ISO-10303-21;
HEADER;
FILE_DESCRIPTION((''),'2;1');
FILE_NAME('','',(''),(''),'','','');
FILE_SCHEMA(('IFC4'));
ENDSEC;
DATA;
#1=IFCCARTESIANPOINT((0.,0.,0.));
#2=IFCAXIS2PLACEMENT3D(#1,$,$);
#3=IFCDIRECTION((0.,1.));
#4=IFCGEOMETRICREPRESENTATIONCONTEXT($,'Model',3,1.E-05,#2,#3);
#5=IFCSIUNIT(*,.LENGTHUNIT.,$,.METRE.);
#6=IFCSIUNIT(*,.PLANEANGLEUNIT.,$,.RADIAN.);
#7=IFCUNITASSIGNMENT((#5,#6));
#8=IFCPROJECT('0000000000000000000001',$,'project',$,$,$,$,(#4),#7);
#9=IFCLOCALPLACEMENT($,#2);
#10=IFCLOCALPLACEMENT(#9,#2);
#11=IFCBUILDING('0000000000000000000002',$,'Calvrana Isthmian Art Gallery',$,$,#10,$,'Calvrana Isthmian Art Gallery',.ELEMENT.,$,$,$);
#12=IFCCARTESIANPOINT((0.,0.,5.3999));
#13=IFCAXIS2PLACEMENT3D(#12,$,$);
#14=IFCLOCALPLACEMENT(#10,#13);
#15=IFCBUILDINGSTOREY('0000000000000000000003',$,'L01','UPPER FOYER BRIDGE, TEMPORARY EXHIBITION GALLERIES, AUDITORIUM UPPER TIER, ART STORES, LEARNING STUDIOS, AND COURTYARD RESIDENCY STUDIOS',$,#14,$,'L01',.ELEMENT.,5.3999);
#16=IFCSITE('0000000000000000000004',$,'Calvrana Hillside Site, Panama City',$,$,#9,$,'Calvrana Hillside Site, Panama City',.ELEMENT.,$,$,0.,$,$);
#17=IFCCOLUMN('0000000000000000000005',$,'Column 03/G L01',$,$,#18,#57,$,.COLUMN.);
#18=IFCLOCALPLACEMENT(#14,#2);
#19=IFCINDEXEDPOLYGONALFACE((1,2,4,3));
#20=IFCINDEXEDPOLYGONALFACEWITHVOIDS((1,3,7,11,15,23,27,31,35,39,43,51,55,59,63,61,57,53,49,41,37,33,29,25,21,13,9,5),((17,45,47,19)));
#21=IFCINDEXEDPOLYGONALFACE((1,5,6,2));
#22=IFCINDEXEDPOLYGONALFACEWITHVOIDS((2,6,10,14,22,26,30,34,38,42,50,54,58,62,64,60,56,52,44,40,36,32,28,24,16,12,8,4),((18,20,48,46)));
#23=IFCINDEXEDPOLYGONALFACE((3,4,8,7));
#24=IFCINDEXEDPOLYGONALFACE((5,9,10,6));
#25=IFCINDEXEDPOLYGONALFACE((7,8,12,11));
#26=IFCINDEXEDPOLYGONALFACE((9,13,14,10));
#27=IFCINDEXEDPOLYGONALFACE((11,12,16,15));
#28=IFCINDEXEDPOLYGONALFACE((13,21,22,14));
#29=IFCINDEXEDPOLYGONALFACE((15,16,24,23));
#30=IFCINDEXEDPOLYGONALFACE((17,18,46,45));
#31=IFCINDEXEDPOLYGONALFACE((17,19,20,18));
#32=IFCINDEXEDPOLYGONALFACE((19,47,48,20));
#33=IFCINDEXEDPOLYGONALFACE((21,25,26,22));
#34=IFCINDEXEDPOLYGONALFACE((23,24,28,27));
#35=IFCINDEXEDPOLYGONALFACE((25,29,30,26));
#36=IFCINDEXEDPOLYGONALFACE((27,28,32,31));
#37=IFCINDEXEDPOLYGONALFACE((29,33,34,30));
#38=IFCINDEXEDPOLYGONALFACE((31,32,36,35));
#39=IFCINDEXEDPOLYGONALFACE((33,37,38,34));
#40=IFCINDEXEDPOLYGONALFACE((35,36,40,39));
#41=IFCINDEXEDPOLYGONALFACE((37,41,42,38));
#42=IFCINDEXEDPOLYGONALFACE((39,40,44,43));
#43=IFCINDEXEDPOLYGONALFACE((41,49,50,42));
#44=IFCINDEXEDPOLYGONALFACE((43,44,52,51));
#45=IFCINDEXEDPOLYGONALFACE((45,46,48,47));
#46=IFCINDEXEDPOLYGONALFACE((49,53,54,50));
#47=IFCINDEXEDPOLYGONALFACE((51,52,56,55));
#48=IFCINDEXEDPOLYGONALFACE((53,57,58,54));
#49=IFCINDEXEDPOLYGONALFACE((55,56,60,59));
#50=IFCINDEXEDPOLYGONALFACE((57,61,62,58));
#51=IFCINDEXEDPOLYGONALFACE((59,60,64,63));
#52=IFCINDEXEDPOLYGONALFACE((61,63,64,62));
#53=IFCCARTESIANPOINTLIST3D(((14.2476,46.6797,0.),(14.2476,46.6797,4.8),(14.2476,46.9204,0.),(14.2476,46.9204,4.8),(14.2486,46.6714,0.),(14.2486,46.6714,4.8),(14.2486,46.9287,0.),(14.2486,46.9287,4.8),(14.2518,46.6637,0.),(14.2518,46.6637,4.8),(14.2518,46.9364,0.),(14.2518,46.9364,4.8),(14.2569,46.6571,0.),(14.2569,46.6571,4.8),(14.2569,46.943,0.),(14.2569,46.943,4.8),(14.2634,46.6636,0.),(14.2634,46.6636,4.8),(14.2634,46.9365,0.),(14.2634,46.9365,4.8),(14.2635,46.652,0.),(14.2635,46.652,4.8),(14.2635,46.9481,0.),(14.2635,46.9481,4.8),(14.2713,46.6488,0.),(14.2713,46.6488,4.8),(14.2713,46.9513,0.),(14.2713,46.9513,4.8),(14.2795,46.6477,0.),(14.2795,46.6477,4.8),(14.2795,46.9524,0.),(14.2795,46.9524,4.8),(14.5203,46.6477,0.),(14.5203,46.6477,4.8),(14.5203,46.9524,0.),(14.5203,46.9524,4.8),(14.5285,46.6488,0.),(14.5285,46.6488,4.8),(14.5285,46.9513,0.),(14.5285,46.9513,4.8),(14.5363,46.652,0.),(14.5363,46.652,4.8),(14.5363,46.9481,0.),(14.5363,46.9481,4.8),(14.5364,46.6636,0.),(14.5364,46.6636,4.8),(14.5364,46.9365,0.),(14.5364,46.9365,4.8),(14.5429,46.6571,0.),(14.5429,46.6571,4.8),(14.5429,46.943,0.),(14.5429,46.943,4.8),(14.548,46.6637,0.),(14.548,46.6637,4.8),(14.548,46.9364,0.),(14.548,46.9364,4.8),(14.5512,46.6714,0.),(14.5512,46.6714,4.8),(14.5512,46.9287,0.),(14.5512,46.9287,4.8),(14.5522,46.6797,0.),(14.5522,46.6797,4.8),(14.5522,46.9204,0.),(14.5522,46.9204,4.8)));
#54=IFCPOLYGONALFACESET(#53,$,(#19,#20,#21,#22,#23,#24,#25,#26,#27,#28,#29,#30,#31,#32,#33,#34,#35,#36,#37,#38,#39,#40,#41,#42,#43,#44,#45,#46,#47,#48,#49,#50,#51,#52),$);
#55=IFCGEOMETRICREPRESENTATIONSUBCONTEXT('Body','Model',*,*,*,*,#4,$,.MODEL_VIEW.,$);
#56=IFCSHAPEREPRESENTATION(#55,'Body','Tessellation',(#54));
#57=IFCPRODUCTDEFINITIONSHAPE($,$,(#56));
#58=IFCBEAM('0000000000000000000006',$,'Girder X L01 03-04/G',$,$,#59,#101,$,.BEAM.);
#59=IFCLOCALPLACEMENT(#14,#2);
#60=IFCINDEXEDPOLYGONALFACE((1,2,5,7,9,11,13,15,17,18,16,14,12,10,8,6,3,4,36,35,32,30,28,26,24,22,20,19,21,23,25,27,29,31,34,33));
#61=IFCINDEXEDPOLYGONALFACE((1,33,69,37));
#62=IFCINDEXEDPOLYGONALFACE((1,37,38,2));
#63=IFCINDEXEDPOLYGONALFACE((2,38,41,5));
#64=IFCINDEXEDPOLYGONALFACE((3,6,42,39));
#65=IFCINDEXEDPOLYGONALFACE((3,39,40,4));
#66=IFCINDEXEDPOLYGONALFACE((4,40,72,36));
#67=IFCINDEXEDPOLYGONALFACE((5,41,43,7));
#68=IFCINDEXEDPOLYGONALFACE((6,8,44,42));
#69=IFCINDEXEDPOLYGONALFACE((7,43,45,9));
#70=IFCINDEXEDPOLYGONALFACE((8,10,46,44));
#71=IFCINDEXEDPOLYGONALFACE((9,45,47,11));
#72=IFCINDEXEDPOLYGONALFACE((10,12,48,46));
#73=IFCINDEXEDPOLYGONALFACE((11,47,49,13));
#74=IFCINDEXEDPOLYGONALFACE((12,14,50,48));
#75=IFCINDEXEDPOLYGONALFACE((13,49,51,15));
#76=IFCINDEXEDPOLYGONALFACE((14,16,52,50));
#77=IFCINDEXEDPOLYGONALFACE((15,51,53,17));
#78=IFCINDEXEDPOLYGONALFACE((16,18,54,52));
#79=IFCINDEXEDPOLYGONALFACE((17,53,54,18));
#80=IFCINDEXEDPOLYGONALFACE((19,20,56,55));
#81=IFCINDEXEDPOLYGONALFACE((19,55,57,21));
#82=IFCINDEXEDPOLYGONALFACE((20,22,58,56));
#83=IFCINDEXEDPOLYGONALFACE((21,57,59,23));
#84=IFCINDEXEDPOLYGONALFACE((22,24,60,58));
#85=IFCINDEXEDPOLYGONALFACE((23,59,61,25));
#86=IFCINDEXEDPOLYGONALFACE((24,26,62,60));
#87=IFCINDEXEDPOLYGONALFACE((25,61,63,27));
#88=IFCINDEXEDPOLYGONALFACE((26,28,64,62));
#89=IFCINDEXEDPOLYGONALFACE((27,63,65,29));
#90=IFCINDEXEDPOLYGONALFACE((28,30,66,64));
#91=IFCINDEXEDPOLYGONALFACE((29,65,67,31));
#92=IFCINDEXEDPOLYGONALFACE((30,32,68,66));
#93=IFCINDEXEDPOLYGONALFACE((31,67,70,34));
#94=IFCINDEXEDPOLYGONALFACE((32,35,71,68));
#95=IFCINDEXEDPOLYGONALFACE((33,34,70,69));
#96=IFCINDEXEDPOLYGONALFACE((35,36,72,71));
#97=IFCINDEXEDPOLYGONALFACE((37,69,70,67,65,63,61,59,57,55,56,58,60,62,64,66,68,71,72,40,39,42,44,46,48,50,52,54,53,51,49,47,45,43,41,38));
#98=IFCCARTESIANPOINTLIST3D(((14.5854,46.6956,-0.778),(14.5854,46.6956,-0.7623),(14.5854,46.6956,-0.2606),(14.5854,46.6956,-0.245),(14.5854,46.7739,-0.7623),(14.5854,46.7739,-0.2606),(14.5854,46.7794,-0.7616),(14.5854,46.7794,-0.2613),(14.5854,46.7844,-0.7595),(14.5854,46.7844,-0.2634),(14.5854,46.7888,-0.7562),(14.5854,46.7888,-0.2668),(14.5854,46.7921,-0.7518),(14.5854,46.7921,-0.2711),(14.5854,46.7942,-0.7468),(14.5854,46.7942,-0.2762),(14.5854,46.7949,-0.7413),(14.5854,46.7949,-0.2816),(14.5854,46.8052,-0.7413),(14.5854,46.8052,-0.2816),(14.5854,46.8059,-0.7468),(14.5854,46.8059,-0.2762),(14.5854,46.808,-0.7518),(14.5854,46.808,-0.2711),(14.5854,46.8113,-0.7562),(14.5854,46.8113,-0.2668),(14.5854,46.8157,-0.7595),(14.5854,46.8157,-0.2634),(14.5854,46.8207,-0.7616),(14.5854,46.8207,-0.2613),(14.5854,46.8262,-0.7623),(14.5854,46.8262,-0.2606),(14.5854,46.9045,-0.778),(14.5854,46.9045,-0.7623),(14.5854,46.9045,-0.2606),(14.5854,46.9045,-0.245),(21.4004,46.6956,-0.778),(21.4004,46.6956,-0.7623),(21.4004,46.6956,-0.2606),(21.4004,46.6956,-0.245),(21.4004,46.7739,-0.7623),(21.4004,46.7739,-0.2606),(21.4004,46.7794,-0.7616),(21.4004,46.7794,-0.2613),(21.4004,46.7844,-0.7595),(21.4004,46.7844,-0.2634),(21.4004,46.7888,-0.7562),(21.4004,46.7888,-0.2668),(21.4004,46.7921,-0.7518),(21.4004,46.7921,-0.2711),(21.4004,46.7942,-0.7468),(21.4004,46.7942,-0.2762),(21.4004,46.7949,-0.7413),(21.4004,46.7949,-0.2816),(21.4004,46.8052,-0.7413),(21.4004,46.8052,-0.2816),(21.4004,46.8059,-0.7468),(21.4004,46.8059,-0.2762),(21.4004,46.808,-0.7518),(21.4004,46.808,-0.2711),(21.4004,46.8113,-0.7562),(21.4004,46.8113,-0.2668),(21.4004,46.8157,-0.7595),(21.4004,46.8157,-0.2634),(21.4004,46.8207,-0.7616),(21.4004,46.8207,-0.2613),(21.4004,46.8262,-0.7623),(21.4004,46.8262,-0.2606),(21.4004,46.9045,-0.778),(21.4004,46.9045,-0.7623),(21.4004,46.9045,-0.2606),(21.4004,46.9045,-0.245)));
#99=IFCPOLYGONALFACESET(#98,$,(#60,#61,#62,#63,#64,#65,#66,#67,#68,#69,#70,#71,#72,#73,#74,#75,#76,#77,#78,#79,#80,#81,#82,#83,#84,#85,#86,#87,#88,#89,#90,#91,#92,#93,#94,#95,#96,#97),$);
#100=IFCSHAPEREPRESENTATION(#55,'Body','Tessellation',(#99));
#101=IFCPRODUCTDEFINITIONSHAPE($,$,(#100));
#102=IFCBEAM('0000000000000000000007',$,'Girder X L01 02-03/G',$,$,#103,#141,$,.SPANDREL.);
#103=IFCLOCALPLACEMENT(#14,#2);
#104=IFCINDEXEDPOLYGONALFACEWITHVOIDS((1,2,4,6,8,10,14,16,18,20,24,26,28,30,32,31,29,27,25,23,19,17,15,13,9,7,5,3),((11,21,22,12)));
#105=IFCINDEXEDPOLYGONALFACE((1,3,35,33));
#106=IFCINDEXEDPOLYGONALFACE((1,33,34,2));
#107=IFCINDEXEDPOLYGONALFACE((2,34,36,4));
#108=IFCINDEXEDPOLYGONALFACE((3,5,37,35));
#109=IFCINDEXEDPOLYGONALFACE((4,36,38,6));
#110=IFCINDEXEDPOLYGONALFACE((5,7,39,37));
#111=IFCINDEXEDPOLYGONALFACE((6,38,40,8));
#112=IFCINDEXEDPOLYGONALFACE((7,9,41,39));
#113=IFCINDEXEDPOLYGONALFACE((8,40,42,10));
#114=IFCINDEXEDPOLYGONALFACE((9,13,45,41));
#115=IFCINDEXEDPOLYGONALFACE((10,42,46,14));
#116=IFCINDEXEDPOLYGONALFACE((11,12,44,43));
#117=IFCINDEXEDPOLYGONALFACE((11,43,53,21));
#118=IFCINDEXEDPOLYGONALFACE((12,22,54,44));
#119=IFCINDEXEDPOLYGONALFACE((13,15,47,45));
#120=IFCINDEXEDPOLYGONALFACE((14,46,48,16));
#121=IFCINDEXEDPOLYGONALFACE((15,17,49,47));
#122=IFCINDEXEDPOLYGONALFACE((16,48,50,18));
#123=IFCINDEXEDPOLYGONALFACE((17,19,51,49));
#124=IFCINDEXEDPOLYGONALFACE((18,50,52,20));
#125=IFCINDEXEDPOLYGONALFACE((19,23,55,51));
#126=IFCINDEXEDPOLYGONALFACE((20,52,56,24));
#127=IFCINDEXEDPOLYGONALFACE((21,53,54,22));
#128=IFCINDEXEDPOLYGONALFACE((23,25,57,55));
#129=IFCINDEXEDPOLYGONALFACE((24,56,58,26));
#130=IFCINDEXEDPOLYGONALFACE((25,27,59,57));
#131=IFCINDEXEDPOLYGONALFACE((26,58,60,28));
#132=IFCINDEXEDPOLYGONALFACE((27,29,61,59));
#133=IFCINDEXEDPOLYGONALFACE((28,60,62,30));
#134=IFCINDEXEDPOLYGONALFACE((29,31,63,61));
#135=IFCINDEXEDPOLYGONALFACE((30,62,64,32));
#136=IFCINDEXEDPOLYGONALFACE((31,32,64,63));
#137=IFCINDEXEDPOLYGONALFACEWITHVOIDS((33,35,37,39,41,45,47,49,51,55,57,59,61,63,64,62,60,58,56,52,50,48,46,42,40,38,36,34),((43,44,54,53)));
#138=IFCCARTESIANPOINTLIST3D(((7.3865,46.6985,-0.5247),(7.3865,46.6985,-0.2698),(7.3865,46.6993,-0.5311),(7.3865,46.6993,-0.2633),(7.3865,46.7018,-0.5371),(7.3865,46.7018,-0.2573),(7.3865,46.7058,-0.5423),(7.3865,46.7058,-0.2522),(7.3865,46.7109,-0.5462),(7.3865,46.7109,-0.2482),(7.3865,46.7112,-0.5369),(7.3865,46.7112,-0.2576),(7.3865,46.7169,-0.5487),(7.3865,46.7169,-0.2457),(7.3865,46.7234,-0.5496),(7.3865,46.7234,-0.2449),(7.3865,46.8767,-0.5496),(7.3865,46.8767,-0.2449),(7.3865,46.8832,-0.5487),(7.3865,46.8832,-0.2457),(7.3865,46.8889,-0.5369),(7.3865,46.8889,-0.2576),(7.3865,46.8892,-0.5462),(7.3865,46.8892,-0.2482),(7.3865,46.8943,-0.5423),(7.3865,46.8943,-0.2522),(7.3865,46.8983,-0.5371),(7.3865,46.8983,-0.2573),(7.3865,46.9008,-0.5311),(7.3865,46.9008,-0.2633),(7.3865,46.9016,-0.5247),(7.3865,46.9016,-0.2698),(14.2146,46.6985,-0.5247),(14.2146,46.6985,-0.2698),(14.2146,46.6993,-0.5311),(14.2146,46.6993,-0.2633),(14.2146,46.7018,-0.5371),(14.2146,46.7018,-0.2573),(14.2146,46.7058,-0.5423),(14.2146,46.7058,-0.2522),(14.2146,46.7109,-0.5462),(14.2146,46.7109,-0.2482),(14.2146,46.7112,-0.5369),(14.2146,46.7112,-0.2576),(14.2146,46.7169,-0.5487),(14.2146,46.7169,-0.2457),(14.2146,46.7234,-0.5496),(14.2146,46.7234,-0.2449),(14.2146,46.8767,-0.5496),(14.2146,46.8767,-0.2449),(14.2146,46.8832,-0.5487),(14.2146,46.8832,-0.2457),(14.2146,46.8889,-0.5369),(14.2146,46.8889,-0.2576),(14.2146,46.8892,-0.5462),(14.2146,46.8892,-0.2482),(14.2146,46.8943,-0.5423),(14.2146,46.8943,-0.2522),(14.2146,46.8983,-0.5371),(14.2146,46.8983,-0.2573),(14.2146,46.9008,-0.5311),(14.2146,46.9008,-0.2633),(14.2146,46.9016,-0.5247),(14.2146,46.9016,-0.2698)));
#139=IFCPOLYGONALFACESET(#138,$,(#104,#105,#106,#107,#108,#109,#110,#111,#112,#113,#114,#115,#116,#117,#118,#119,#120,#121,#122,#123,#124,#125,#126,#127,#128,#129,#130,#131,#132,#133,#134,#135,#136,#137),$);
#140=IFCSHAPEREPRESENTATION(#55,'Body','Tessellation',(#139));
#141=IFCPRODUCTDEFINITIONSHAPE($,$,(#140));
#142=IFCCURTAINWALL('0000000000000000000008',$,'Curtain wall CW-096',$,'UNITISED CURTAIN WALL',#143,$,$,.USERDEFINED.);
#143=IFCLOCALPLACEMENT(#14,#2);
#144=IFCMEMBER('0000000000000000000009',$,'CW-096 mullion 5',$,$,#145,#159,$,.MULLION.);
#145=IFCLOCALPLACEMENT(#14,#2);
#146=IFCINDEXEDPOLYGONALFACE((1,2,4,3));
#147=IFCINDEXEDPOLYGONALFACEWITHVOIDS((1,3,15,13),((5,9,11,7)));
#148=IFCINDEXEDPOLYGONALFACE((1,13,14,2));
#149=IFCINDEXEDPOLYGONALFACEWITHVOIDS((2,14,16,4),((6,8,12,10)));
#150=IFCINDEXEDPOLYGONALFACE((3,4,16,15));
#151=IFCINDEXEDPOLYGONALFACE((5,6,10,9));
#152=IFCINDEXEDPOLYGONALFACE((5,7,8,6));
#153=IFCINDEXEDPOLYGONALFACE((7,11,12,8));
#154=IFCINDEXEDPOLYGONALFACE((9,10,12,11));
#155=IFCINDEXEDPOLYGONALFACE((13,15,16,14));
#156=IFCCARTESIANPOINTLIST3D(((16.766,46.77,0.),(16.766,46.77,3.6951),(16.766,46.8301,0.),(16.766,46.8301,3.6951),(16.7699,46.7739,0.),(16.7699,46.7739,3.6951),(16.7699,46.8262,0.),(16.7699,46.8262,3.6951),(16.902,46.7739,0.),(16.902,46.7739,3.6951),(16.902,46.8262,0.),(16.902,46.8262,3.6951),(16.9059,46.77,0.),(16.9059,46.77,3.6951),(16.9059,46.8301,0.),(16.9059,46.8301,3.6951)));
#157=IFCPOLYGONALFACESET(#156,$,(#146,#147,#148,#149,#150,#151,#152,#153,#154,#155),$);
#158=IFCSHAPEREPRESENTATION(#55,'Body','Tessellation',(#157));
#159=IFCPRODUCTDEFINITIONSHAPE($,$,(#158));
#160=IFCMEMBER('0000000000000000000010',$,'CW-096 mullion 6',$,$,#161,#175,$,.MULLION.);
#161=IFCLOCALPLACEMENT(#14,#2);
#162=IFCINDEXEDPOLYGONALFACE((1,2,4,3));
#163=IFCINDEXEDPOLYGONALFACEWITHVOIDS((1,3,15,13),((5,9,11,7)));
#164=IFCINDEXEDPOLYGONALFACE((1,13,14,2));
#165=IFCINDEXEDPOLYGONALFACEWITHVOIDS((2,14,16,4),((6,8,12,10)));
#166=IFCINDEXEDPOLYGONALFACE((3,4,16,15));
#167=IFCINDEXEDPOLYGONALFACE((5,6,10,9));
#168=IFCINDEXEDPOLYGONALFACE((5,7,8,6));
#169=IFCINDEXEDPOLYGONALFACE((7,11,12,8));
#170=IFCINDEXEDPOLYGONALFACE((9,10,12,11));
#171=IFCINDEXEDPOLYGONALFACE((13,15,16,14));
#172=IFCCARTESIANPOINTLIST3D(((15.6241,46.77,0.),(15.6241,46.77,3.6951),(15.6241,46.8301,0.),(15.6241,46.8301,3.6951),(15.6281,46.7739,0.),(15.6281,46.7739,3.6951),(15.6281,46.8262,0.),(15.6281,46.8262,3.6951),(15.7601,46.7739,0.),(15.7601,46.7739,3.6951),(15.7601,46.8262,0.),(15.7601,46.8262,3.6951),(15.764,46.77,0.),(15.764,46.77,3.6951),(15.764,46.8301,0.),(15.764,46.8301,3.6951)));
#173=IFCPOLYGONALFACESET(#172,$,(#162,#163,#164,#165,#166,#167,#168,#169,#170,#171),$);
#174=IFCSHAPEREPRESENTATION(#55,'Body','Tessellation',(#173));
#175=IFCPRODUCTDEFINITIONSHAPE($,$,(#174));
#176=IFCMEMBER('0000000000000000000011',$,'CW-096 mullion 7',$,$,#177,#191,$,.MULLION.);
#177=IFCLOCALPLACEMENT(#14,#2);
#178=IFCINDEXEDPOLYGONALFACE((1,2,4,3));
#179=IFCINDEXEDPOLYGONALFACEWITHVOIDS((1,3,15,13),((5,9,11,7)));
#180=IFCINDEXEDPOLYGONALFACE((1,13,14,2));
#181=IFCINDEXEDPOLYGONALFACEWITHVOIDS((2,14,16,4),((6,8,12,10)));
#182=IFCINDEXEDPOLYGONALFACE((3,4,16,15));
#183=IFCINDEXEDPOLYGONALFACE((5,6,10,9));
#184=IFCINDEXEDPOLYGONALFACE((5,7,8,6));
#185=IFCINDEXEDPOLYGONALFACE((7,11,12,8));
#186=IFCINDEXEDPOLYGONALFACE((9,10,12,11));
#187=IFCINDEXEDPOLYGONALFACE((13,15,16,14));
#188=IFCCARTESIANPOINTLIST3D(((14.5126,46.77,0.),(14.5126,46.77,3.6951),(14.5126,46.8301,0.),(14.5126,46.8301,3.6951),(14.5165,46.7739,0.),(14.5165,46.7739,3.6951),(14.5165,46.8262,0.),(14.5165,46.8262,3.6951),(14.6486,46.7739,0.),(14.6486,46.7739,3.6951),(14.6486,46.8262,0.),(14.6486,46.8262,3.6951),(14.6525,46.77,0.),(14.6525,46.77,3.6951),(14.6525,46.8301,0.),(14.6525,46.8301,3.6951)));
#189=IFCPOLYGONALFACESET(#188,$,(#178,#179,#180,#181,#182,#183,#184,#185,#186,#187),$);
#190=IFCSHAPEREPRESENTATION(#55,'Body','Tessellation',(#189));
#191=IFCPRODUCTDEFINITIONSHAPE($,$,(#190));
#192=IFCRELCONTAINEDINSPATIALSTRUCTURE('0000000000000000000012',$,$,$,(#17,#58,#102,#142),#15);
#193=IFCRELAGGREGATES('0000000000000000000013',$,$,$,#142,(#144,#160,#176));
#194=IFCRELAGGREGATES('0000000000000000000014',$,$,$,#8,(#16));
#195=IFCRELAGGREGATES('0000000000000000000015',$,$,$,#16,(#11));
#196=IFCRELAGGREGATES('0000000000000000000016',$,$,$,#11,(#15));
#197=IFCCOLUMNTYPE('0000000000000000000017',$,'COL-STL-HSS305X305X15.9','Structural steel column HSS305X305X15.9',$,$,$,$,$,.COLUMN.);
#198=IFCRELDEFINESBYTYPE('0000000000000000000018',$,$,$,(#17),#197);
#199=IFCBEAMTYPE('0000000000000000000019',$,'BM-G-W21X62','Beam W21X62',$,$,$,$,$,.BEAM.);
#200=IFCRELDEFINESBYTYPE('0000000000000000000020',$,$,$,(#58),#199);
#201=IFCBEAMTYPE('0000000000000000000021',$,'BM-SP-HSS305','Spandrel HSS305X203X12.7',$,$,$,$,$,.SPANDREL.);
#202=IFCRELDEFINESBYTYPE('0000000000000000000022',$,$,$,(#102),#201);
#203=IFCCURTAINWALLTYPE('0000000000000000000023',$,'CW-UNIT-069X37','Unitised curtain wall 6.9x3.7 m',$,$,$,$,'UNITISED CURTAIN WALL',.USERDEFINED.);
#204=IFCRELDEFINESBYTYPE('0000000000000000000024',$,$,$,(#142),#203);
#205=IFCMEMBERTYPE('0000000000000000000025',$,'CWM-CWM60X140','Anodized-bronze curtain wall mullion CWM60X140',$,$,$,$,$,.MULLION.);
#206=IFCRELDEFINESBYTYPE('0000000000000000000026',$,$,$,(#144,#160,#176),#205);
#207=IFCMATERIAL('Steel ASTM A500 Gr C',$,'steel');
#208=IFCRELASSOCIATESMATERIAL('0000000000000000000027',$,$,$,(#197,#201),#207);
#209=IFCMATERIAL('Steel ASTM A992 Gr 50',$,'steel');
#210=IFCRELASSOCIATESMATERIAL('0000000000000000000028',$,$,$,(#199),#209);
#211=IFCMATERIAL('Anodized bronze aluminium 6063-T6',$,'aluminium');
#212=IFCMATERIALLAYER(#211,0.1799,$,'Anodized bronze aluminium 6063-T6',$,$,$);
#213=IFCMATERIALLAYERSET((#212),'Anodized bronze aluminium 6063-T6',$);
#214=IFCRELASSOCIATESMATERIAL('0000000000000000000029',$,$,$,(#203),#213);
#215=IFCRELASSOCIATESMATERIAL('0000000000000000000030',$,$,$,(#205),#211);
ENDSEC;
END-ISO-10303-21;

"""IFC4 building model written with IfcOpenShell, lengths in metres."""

from ifc_helpers import new_model, si_unit, direction, frame, origin, origin_2d, place, context, subcontext, project, spatial, hollow_rectangle, i_section, extrude, material, layer, layer_set, material_profile, profile_set, type_object, element, aggregate, save


model = new_model("IFC4")

# Units and contexts
model_context = context("Model", 3, precision=1e-05, world=origin(), true_north=direction((0.0, 1.0)))
body_context = subcontext(model_context, "Body", "Model", "MODEL_VIEW")
ifc_project = project(units=[si_unit("LENGTHUNIT", "METRE"), si_unit("PLANEANGLEUNIT", "RADIAN")], contexts=[model_context])

# Site, building, storey
site_placement = place(None, origin())
site = spatial("IfcSite", under=ifc_project, at=site_placement, Name="Calvrana Hillside Site, Panama City", LongName="Calvrana Hillside Site, Panama City", CompositionType="ELEMENT", RefElevation=0.0)
building_placement = place(site_placement, origin())
building = spatial("IfcBuilding", under=site, at=building_placement, Name="Calvrana Isthmian Art Gallery", LongName="Calvrana Isthmian Art Gallery", CompositionType="ELEMENT")
storey_placement = place(building_placement, frame((0.0, 0.0, 5.3999)))
storey = spatial("IfcBuildingStorey", under=building, at=storey_placement, Name="L01", Description="UPPER FOYER BRIDGE, TEMPORARY EXHIBITION GALLERIES, AUDITORIUM UPPER TIER, ART STORES, LEARNING STUDIOS, AND COURTYARD RESIDENCY STUDIOS", LongName="L01", CompositionType="ELEMENT", Elevation=5.3999)

# Column
ifc_material_1 = material(Name="Steel ASTM A500 Gr C", Category="steel")
ifc_material_profile_1 = material_profile(ifc_material_1, hollow_rectangle(XDim=0.3047, YDim=0.3047, WallThickness=0.0159, OuterFilletRadius=0.032, at=origin_2d()), Name="HSS305X305X15.9")
ifc_profile_set_1 = profile_set([ifc_material_profile_1], Name="Steel ASTM A500 Gr C")
column_type = type_object("IfcColumnType", Name="COL-STL-HSS305X305X15.9", Description="Structural steel column HSS305X305X15.9", PredefinedType="COLUMN", material=ifc_profile_set_1)
column_placement = place(storey_placement, frame((14.3999, 46.8, 0.0), z_axis=(0.0, 0.0, 1.0), x_axis=(1.0, 0.0, 0.0)))
element("IfcColumn", 1, at=column_placement, inside=storey, type_object=column_type, Name="Column 03/G L01", PredefinedType="COLUMN", context=body_context, shape_type="SweptSolid", body=[
    extrude(hollow_rectangle(XDim=0.3047, YDim=0.3047, WallThickness=0.0159, OuterFilletRadius=0.032, at=origin_2d()), origin(), (0.0, 0.0, 1.0), 4.8),
])

# Beams
ifc_material_2 = material(Name="Steel ASTM A992 Gr 50", Category="steel")
ifc_material_profile_2 = material_profile(ifc_material_2, i_section(OverallWidth=0.209, OverallDepth=0.533, WebThickness=0.0103, FlangeThickness=0.0156, FilletRadius=0.021, at=origin_2d()), Name="W21X62")
ifc_profile_set_2 = profile_set([ifc_material_profile_2], Name="Steel ASTM A992 Gr 50")
beam_type_1 = type_object("IfcBeamType", Name="BM-G-W21X62", Description="Beam W21X62", PredefinedType="BEAM", material=ifc_profile_set_2)
beam_1_placement = place(storey_placement, frame((14.5854, 46.8, -0.5115), z_axis=(1.0, 0.0, 0.0), x_axis=(0.0, 1.0, 0.0)))
element("IfcBeam", 2, at=beam_1_placement, inside=storey, type_object=beam_type_1, Name="Girder X L01 03-04/G", PredefinedType="BEAM", context=body_context, shape_type="SweptSolid", body=[
    extrude(i_section(OverallWidth=0.209, OverallDepth=0.533, WebThickness=0.0103, FlangeThickness=0.0156, FilletRadius=0.021, at=origin_2d()), origin(), (0.0, 0.0, 1.0), 6.8149),
])
ifc_material_profile_3 = material_profile(ifc_material_1, hollow_rectangle(XDim=0.2031, YDim=0.3047, WallThickness=0.0127, OuterFilletRadius=0.0249, at=origin_2d()), Name="HSS305X203X12.7")
ifc_profile_set_3 = profile_set([ifc_material_profile_3], Name="Steel ASTM A500 Gr C")
beam_type_2 = type_object("IfcBeamType", Name="BM-SP-HSS305", Description="Spandrel HSS305X203X12.7", PredefinedType="SPANDREL", material=ifc_profile_set_3)
beam_2_placement = place(storey_placement, frame((7.3865, 46.8, -0.3972), z_axis=(1.0, 0.0, 0.0), x_axis=(0.0, 1.0, 0.0)))
element("IfcBeam", 3, at=beam_2_placement, inside=storey, type_object=beam_type_2, Name="Girder X L01 02-03/G", PredefinedType="SPANDREL", context=body_context, shape_type="SweptSolid", body=[
    extrude(hollow_rectangle(XDim=0.2031, YDim=0.3047, WallThickness=0.0127, OuterFilletRadius=0.0249, at=origin_2d()), origin(), (0.0, 0.0, 1.0), 6.8281),
])

# Curtain wall, members
ifc_material_3 = material(Name="Anodized bronze aluminium 6063-T6", Category="aluminium")
ifc_layer_1 = layer(ifc_material_3, 0.1799, Name="Anodized bronze aluminium 6063-T6")
ifc_layer_set_1 = layer_set([ifc_layer_1], Name="Anodized bronze aluminium 6063-T6")
curtain_wall_type_1 = type_object("IfcCurtainWallType", Name="CW-UNIT-069X37", Description="Unitised curtain wall 6.9x3.7 m", ElementType="UNITISED CURTAIN WALL", PredefinedType="USERDEFINED", material=ifc_layer_set_1)
curtain_wall_1_placement = place(storey_placement, origin())
curtain_wall_1 = element("IfcCurtainWall", 4, at=curtain_wall_1_placement, inside=storey, type_object=curtain_wall_type_1, Name="Curtain wall CW-096", ObjectType="UNITISED CURTAIN WALL", PredefinedType="USERDEFINED")
ifc_material_profile_4 = material_profile(ifc_material_3, hollow_rectangle(XDim=0.0601, YDim=0.1399, WallThickness=0.0039, at=origin_2d()), Name="CWM60X140")
ifc_profile_set_4 = profile_set([ifc_material_profile_4], Name="Anodized bronze aluminium 6063-T6")
member_type_1 = type_object("IfcMemberType", Name="CWM-CWM60X140", Description="Anodized-bronze curtain wall mullion CWM60X140", PredefinedType="MULLION", material=ifc_profile_set_4)
member_1_placement = place(storey_placement, frame((16.8359, 46.8, 0.0), z_axis=(0.0, 0.0, 1.0), x_axis=(0.0, -1.0, 0.0)))
member_1 = element("IfcMember", 5, at=member_1_placement, type_object=member_type_1, Name="CW-096 mullion 5", PredefinedType="MULLION", context=body_context, shape_type="SweptSolid", body=[
    extrude(hollow_rectangle(XDim=0.0601, YDim=0.1399, WallThickness=0.0039, at=origin_2d()), origin(), (0.0, 0.0, 1.0), 3.6951),
])
member_2_placement = place(storey_placement, frame((15.6941, 46.8, 0.0), z_axis=(0.0, 0.0, 1.0), x_axis=(0.0, -1.0, 0.0)))
member_2 = element("IfcMember", 6, at=member_2_placement, type_object=member_type_1, Name="CW-096 mullion 6", PredefinedType="MULLION", context=body_context, shape_type="SweptSolid", body=[
    extrude(hollow_rectangle(XDim=0.0601, YDim=0.1399, WallThickness=0.0039, at=origin_2d()), origin(), (0.0, 0.0, 1.0), 3.6951),
])
member_3_placement = place(storey_placement, frame((14.5825, 46.8, 0.0), z_axis=(0.0, 0.0, 1.0), x_axis=(0.0, -1.0, 0.0)))
member_3 = element("IfcMember", 7, at=member_3_placement, type_object=member_type_1, Name="CW-096 mullion 7", PredefinedType="MULLION", context=body_context, shape_type="SweptSolid", body=[
    extrude(hollow_rectangle(XDim=0.0601, YDim=0.1399, WallThickness=0.0039, at=origin_2d()), origin(), (0.0, 0.0, 1.0), 3.6951),
])

aggregate(curtain_wall_1, [member_1, member_2, member_3])

save(model, "model.ifc")
